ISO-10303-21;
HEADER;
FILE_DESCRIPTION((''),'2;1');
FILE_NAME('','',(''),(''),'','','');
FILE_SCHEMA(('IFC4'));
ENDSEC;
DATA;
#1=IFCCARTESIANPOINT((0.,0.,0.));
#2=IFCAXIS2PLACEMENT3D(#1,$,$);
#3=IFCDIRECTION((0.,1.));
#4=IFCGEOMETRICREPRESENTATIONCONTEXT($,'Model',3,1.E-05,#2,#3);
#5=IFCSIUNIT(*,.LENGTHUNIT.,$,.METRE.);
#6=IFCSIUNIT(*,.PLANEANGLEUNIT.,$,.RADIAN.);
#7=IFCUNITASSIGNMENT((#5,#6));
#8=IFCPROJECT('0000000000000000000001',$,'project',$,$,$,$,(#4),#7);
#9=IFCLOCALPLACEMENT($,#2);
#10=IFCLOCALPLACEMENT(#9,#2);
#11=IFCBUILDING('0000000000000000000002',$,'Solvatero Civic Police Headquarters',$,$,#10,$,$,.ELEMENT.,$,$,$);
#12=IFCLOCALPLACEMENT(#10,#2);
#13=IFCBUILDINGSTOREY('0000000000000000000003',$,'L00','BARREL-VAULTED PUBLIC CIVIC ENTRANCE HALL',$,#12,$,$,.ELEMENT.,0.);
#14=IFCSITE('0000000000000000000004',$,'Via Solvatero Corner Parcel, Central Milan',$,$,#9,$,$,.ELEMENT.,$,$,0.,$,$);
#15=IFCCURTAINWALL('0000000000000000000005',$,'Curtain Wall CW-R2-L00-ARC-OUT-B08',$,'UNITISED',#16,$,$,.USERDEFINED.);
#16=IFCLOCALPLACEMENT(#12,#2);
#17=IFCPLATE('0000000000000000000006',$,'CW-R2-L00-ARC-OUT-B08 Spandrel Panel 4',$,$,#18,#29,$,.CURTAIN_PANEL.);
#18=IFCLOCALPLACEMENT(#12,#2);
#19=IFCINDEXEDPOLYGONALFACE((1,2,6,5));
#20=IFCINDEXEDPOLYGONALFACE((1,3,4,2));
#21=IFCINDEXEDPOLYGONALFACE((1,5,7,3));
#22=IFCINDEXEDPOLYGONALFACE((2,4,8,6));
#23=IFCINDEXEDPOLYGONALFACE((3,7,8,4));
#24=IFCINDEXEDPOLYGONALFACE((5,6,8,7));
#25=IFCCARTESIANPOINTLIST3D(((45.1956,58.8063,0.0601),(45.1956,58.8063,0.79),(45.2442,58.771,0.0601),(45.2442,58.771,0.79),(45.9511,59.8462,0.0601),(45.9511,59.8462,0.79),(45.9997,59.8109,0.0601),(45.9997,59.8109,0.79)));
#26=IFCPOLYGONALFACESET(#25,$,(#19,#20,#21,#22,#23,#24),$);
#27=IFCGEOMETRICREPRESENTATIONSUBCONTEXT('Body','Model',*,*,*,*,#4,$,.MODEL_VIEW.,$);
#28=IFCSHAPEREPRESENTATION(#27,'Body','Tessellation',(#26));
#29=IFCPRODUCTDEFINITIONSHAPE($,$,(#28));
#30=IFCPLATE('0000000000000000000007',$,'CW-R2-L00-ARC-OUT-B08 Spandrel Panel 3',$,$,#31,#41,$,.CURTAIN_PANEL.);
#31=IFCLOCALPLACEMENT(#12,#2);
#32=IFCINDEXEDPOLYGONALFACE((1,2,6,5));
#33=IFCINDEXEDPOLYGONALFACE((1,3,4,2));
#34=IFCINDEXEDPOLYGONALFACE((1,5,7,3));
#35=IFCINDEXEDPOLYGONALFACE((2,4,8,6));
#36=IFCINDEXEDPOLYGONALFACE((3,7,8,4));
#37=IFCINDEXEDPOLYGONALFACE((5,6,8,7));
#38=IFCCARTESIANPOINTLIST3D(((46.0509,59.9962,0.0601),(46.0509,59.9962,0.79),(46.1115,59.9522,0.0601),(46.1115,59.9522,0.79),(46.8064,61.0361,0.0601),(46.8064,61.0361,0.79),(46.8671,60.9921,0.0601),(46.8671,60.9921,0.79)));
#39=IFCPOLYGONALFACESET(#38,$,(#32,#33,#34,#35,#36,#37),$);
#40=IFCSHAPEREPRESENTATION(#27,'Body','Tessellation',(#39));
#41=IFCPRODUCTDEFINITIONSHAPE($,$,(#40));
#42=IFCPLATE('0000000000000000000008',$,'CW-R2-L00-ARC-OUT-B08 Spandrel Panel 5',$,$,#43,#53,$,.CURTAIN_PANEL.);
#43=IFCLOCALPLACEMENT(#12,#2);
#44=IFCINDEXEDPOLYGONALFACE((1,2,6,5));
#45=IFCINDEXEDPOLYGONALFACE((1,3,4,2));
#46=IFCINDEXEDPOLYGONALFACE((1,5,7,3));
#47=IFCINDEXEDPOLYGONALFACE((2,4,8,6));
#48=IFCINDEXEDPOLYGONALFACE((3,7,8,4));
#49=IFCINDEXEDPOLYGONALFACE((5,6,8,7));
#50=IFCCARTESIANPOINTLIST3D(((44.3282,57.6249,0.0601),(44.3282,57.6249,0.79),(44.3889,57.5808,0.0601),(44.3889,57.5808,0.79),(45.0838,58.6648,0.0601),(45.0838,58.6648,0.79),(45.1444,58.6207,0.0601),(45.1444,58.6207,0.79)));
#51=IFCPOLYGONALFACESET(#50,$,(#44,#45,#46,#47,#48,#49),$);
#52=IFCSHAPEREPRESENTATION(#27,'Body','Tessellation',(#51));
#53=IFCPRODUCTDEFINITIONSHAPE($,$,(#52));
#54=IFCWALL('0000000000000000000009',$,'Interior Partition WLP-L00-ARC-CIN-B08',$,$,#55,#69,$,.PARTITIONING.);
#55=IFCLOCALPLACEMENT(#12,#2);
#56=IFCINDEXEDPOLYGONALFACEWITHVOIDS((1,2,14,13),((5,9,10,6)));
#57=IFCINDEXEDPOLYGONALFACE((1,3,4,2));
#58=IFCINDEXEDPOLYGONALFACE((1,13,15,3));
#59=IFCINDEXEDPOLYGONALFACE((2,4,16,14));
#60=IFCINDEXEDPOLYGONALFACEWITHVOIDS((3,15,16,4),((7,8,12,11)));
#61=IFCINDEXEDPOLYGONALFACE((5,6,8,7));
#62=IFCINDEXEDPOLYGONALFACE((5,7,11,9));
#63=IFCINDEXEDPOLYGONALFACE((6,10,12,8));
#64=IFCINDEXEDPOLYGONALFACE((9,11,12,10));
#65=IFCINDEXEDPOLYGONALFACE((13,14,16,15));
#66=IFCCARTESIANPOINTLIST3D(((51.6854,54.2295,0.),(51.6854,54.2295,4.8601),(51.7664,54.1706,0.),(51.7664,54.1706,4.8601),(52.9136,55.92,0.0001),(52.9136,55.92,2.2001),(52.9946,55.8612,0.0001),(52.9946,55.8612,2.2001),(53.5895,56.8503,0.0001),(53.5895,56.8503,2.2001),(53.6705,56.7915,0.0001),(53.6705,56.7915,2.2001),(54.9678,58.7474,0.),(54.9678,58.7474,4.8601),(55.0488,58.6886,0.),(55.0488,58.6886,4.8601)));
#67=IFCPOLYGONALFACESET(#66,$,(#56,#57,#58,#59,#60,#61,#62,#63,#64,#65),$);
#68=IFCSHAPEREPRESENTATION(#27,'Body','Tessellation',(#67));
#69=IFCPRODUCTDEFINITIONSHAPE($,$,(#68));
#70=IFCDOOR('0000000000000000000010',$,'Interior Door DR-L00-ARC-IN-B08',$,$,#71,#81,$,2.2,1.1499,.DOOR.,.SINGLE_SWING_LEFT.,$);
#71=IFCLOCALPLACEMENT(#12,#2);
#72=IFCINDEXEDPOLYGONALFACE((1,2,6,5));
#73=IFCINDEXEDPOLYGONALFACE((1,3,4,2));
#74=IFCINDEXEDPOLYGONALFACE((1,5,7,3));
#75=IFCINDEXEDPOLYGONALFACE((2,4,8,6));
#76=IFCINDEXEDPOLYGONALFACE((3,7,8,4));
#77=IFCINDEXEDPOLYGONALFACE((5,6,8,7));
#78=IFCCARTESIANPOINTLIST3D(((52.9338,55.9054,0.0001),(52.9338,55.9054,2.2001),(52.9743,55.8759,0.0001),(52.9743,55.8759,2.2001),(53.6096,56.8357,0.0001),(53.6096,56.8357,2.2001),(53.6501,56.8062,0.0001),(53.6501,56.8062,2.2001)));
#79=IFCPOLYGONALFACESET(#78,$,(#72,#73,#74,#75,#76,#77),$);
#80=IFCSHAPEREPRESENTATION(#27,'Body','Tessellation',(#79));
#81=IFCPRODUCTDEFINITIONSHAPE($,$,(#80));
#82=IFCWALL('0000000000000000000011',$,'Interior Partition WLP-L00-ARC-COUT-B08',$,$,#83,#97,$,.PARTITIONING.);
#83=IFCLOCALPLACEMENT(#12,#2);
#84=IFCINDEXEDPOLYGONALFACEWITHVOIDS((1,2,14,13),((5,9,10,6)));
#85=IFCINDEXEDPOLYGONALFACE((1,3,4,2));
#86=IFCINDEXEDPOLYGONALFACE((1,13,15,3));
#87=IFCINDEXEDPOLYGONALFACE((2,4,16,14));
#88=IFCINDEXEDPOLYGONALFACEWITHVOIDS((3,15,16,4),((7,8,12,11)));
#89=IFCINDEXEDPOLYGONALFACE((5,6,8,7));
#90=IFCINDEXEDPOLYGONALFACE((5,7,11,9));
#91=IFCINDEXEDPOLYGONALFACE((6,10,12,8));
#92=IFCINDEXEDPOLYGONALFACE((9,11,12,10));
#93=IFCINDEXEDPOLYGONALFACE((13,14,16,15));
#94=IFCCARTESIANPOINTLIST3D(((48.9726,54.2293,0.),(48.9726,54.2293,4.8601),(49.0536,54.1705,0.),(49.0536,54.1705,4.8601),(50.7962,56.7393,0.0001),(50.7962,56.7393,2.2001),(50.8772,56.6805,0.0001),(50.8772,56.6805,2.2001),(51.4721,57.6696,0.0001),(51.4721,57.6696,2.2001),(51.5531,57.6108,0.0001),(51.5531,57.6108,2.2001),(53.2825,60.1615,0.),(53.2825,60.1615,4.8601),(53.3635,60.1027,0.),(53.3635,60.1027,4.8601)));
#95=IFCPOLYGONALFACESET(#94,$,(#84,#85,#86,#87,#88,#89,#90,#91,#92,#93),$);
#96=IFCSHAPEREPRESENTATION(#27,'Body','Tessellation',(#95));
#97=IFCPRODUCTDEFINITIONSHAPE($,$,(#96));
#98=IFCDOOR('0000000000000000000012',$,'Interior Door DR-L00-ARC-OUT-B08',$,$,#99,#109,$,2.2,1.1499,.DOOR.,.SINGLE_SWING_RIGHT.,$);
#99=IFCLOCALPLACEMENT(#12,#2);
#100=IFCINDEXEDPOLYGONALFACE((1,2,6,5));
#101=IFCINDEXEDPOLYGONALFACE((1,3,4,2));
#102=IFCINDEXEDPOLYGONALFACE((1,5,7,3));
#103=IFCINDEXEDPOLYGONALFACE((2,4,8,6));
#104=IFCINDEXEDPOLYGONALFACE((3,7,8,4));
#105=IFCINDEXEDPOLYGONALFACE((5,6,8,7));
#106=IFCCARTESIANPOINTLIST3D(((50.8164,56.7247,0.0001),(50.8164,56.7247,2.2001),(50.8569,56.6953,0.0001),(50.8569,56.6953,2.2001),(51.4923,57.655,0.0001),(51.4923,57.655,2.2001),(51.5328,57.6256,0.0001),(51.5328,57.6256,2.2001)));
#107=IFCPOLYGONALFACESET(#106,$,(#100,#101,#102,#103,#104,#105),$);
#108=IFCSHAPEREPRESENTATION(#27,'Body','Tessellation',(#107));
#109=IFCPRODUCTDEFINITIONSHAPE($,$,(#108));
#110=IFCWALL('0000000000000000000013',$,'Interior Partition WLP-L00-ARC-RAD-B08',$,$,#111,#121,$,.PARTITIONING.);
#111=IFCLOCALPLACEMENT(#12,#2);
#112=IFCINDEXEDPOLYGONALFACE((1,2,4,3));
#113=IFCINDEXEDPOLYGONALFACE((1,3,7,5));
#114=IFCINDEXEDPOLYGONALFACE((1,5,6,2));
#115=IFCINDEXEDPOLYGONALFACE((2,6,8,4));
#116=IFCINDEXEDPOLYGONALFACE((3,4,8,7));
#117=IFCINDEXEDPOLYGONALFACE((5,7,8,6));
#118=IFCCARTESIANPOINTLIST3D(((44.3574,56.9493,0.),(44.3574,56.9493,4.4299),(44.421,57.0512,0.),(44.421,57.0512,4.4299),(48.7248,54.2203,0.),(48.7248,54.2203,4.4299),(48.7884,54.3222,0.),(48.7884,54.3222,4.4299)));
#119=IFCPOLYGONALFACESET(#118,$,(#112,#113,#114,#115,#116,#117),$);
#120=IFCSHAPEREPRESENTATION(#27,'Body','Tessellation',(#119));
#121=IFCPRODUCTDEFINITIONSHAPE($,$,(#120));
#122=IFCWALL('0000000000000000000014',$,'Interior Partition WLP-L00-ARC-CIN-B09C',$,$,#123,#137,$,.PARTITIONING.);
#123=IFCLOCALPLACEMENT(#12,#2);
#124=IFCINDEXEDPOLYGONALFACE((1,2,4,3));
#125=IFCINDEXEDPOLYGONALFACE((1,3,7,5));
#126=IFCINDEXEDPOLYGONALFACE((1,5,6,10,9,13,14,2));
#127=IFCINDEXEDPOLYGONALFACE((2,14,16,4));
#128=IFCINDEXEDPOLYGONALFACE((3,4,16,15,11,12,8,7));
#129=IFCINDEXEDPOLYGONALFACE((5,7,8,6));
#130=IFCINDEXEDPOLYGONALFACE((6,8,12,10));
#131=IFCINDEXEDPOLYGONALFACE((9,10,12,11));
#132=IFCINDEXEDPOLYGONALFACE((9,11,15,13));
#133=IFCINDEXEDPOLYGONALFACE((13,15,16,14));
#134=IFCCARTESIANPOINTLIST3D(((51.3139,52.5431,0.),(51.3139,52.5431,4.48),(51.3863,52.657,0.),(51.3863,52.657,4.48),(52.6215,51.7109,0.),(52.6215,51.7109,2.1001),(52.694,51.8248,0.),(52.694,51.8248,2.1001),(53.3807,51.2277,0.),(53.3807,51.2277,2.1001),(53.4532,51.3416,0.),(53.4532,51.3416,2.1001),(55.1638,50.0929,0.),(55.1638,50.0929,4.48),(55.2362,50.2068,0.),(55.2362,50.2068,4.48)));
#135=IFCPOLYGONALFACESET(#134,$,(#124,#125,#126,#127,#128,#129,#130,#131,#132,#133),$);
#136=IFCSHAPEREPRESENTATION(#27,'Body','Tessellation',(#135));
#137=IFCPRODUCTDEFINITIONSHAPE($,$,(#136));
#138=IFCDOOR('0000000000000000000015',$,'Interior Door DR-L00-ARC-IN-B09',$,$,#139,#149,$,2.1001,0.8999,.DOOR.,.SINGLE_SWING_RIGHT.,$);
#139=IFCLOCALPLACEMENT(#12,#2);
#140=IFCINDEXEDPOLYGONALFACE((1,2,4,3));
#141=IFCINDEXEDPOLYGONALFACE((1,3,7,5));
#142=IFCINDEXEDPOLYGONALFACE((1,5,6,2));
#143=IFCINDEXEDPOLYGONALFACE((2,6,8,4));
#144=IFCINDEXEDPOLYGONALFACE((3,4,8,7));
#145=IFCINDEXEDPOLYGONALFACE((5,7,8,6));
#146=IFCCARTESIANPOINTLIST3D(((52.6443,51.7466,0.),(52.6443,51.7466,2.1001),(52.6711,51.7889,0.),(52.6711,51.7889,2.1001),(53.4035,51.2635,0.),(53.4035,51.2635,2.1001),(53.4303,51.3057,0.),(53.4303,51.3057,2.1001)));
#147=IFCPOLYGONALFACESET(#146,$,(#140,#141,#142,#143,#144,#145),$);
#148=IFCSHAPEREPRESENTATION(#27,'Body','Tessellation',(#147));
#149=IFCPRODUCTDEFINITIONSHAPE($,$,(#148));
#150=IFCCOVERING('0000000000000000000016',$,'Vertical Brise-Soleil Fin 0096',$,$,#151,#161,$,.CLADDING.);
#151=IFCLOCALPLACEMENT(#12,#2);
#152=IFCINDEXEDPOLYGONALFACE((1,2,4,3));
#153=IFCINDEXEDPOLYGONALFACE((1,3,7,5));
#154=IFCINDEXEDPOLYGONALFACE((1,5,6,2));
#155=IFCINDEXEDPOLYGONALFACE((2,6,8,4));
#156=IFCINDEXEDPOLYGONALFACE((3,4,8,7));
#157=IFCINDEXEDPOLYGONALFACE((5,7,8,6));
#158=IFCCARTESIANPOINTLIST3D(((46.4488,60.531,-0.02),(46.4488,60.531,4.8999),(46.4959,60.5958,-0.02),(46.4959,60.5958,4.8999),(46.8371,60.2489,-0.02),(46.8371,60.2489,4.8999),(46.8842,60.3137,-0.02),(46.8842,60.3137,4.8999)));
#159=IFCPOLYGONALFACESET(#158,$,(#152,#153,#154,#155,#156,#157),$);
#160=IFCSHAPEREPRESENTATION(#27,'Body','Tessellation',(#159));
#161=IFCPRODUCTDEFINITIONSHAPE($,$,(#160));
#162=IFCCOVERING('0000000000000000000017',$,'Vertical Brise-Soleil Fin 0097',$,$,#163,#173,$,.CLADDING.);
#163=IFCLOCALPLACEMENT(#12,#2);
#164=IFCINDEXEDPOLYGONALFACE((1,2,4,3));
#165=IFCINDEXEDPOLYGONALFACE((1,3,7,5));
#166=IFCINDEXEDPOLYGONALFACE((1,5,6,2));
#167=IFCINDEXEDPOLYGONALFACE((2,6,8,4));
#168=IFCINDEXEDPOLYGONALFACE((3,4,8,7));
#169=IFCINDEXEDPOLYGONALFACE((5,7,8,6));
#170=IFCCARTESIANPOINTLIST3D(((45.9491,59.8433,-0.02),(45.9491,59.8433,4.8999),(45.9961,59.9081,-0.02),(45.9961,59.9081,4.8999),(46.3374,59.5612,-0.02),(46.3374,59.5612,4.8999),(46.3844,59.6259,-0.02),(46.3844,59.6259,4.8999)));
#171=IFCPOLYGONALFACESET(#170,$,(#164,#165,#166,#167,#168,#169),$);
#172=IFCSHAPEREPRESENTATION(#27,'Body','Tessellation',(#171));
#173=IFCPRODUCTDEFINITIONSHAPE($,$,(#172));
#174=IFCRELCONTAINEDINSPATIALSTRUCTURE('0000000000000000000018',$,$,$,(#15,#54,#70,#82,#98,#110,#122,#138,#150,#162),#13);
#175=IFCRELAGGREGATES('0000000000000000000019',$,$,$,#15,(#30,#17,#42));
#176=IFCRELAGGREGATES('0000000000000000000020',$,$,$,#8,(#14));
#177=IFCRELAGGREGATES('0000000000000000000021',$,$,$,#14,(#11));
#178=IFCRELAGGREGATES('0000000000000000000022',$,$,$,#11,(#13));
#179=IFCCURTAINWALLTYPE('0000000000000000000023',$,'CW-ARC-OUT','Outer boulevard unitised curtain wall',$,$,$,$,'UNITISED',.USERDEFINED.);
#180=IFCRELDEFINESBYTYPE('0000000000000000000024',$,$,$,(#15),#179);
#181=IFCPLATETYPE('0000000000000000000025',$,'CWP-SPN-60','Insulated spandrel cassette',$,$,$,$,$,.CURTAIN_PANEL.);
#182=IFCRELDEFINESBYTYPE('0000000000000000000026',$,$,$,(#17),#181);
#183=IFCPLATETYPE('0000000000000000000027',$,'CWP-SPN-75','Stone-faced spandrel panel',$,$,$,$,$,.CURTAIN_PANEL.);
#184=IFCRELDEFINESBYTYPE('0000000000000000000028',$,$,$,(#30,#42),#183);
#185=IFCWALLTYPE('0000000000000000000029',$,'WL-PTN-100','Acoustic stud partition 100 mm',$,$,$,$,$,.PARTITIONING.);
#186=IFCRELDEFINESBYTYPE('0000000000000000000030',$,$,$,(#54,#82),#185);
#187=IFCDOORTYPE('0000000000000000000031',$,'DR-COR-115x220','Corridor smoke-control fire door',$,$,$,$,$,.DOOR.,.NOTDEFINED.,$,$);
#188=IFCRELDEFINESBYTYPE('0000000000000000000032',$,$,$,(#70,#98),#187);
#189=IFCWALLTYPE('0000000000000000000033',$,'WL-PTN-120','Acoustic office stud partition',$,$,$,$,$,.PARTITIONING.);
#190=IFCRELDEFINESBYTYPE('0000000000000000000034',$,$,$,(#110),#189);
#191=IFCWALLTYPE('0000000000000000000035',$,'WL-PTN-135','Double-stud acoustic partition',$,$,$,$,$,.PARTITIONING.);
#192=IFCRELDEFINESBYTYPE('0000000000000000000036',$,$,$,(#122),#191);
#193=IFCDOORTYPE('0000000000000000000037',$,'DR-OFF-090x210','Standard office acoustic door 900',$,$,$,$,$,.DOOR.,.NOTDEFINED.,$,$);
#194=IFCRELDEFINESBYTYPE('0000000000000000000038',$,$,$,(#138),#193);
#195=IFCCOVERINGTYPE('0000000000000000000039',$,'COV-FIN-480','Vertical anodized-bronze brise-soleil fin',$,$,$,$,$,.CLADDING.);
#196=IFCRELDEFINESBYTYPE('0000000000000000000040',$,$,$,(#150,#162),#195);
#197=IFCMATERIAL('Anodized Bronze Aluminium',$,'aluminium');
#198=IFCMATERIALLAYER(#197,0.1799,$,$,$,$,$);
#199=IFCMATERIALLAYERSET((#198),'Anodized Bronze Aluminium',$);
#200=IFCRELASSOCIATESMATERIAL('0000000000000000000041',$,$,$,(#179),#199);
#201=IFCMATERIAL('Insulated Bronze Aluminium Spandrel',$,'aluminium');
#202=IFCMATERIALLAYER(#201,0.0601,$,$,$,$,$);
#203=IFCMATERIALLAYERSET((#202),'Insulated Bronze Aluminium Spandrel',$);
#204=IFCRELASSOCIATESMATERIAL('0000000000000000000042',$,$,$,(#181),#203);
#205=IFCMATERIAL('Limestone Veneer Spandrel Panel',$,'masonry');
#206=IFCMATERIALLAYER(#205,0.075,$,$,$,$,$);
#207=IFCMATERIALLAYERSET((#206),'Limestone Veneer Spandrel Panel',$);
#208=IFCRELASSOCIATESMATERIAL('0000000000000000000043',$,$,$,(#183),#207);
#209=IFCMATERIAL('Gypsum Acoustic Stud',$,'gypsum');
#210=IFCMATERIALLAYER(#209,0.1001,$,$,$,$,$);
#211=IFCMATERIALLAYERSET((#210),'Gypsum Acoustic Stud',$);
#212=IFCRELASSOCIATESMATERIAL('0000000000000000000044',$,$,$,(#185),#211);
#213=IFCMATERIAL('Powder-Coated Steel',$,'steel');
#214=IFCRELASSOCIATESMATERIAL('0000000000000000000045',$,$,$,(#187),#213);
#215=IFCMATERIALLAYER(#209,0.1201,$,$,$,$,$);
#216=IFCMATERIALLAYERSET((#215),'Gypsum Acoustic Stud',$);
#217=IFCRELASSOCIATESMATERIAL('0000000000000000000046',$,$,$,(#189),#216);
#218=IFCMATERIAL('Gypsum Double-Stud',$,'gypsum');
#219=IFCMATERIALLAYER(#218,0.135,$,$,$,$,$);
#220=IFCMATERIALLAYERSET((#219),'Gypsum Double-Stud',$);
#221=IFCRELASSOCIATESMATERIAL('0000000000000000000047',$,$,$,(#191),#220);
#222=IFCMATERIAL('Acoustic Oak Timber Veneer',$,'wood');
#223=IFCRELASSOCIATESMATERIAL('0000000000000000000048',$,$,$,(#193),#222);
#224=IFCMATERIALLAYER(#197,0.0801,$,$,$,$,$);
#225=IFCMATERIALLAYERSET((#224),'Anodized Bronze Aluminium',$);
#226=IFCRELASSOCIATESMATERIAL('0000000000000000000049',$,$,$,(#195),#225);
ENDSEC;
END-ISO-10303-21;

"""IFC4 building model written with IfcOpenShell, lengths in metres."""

from ifc_helpers import new_model, si_unit, direction, frame, frame_2d, origin, origin_2d, place, context, subcontext, project, spatial, rectangle, extrude, material, layer, layer_set, type_object, element, fill, aggregate, save


model = new_model("IFC4")

# Units and contexts
model_context = context("Model", 3, precision=1e-05, world=origin(), true_north=direction((0.0, 1.0)))
body_context = subcontext(model_context, "Body", "Model", "MODEL_VIEW")
ifc_project = project(units=[si_unit("LENGTHUNIT", "METRE"), si_unit("PLANEANGLEUNIT", "RADIAN")], contexts=[model_context])

# Site, building, storey
site_placement = place(None, origin())
site = spatial("IfcSite", under=ifc_project, at=site_placement, Name="Via Solvatero Corner Parcel, Central Milan", CompositionType="ELEMENT", RefElevation=0.0)
building_placement = place(site_placement, origin())
building = spatial("IfcBuilding", under=site, at=building_placement, Name="Solvatero Civic Police Headquarters", CompositionType="ELEMENT")
storey_placement = place(building_placement, origin())
storey = spatial("IfcBuildingStorey", under=building, at=storey_placement, Name="L00", Description="BARREL-VAULTED PUBLIC CIVIC ENTRANCE HALL", CompositionType="ELEMENT", Elevation=0.0)

# Curtain wall, plates
ifc_material_1 = material(Name="Anodized Bronze Aluminium", Category="aluminium")
ifc_layer_1 = layer(ifc_material_1, 0.1799)
ifc_layer_set_1 = layer_set([ifc_layer_1], Name="Anodized Bronze Aluminium")
curtain_wall_type = type_object("IfcCurtainWallType", Name="CW-ARC-OUT", Description="Outer boulevard unitised curtain wall", ElementType="UNITISED", PredefinedType="USERDEFINED", material=ifc_layer_set_1)
curtain_wall_placement = place(storey_placement, origin())
curtain_wall = element("IfcCurtainWall", 1, at=curtain_wall_placement, inside=storey, type_object=curtain_wall_type, Name="Curtain Wall CW-R2-L00-ARC-OUT-B08", ObjectType="UNITISED", PredefinedType="USERDEFINED")
ifc_material_2 = material(Name="Insulated Bronze Aluminium Spandrel", Category="aluminium")
ifc_layer_2 = layer(ifc_material_2, 0.0601)
ifc_layer_set_2 = layer_set([ifc_layer_2], Name="Insulated Bronze Aluminium Spandrel")
plate_type_1 = type_object("IfcPlateType", Name="CWP-SPN-60", Description="Insulated spandrel cassette", PredefinedType="CURTAIN_PANEL", material=ifc_layer_set_2)
plate_1_placement = place(storey_placement, frame((45.5977, 59.3086, 0.0601), z_axis=(0.0, 0.0, 1.0), x_axis=(-0.587785, -0.809017, 0.0)))
plate_1 = element("IfcPlate", 2, at=plate_1_placement, type_object=plate_type_1, Name="CW-R2-L00-ARC-OUT-B08 Spandrel Panel 4", PredefinedType="CURTAIN_PANEL", context=body_context, shape_type="SweptSolid", body=[
    extrude(rectangle(XDim=1.2854, YDim=0.0601, at=origin_2d()), origin(), (0.0, 0.0, 1.0), 0.73),
])
ifc_material_3 = material(Name="Limestone Veneer Spandrel Panel", Category="masonry")
ifc_layer_3 = layer(ifc_material_3, 0.075)
ifc_layer_set_3 = layer_set([ifc_layer_3], Name="Limestone Veneer Spandrel Panel")
plate_type_2 = type_object("IfcPlateType", Name="CWP-SPN-75", Description="Stone-faced spandrel panel", PredefinedType="CURTAIN_PANEL", material=ifc_layer_set_3)
plate_2_placement = place(storey_placement, frame((46.459, 60.4941, 0.0601), z_axis=(0.0, 0.0, 1.0), x_axis=(-0.587785, -0.809017, 0.0)))
plate_2 = element("IfcPlate", 3, at=plate_2_placement, type_object=plate_type_2, Name="CW-R2-L00-ARC-OUT-B08 Spandrel Panel 3", PredefinedType="CURTAIN_PANEL", context=body_context, shape_type="SweptSolid", body=[
    extrude(rectangle(XDim=1.2854, YDim=0.075, at=origin_2d()), origin(), (0.0, 0.0, 1.0), 0.73),
])
plate_3_placement = place(storey_placement, frame((44.7363, 58.1228, 0.0601), z_axis=(0.0, 0.0, 1.0), x_axis=(-0.587785, -0.809017, 0.0)))
plate_3 = element("IfcPlate", 4, at=plate_3_placement, type_object=plate_type_2, Name="CW-R2-L00-ARC-OUT-B08 Spandrel Panel 5", PredefinedType="CURTAIN_PANEL", context=body_context, shape_type="SweptSolid", body=[
    extrude(rectangle(XDim=1.2854, YDim=0.075, at=origin_2d()), origin(), (0.0, 0.0, 1.0), 0.73),
])
aggregate(curtain_wall, [plate_2, plate_1, plate_3])

# Walls, openings, doors
ifc_material_4 = material(Name="Gypsum Acoustic Stud", Category="gypsum")
ifc_layer_4 = layer(ifc_material_4, 0.1001)
ifc_layer_set_4 = layer_set([ifc_layer_4], Name="Gypsum Acoustic Stud")
wall_type_1 = type_object("IfcWallType", Name="WL-PTN-100", Description="Acoustic stud partition 100 mm", PredefinedType="PARTITIONING", material=ifc_layer_set_4)
wall_1_placement = place(storey_placement, frame((55.0083, 58.718, 0.0), z_axis=(0.0, 0.0, 1.0), x_axis=(-0.587774, -0.809025, 0.0)))
wall_1 = element("IfcWall", 5, at=wall_1_placement, inside=storey, type_object=wall_type_1, Name="Interior Partition WLP-L00-ARC-CIN-B08", PredefinedType="PARTITIONING", context=body_context, shape_type="SweptSolid", body=[
    extrude(rectangle(XDim=5.5845, YDim=0.1001, at=frame_2d((2.7922, 0.0))), origin(), (0.0, 0.0, 1.0), 4.8601),
])
opening_1_placement = place(wall_1_placement, frame((2.345, 0.0, 0.0)))
opening_1 = element("IfcOpeningElement", 6, at=opening_1_placement, cuts=wall_1, PredefinedType="OPENING", context=body_context, shape_type="SweptSolid", body=[
    extrude(rectangle(XDim=1.1499, YDim=2.2, at=frame_2d((0.575, 1.1001))), frame((0.0, 0.0601, 0.0), z_axis=(0.0, -1.0, 0.0), x_axis=(1.0, 0.0, 0.0)), (0.0, 0.0, 1.0), 0.1201),
])
ifc_material_5 = material(Name="Powder-Coated Steel", Category="steel")
door_type_1 = type_object("IfcDoorType", Name="DR-COR-115x220", Description="Corridor smoke-control fire door", OperationType="NOTDEFINED", PredefinedType="DOOR", material=ifc_material_5)
door_1_placement = place(opening_1_placement, origin())
door_1 = element("IfcDoor", 7, at=door_1_placement, inside=storey, type_object=door_type_1, Name="Interior Door DR-L00-ARC-IN-B08", OperationType="SINGLE_SWING_LEFT", OverallHeight=2.2, OverallWidth=1.1499, PredefinedType="DOOR", context=body_context, shape_type="SweptSolid", body=[
    extrude(rectangle(XDim=1.1499, YDim=2.2, at=frame_2d((0.575, 1.1001))), frame((0.0, 0.0249, 0.0), z_axis=(0.0, -1.0, 0.0), x_axis=(1.0, 0.0, 0.0)), (0.0, 0.0, 1.0), 0.05),
])
fill(opening_1, door_1)
wall_2_placement = place(storey_placement, frame((53.323, 60.1321, 0.0), z_axis=(0.0, 0.0, 1.0), x_axis=(-0.587774, -0.809025, 0.0)))
wall_2 = element("IfcWall", 8, at=wall_2_placement, inside=storey, type_object=wall_type_1, Name="Interior Partition WLP-L00-ARC-COUT-B08", PredefinedType="PARTITIONING", context=body_context, shape_type="SweptSolid", body=[
    extrude(rectangle(XDim=7.3325, YDim=0.1001, at=frame_2d((3.6663, 0.0))), origin(), (0.0, 0.0, 1.0), 4.8601),
])
opening_2_placement = place(wall_2_placement, frame((3.0801, 0.0, 0.0)))
opening_2 = element("IfcOpeningElement", 9, at=opening_2_placement, cuts=wall_2, PredefinedType="OPENING", context=body_context, shape_type="SweptSolid", body=[
    extrude(rectangle(XDim=1.1499, YDim=2.2, at=frame_2d((0.575, 1.1001))), frame((0.0, 0.0601, 0.0), z_axis=(0.0, -1.0, 0.0), x_axis=(1.0, 0.0, 0.0)), (0.0, 0.0, 1.0), 0.1201),
])
door_2_placement = place(opening_2_placement, origin())
door_2 = element("IfcDoor", 10, at=door_2_placement, inside=storey, type_object=door_type_1, Name="Interior Door DR-L00-ARC-OUT-B08", OperationType="SINGLE_SWING_RIGHT", OverallHeight=2.2, OverallWidth=1.1499, PredefinedType="DOOR", context=body_context, shape_type="SweptSolid", body=[
    extrude(rectangle(XDim=1.1499, YDim=2.2, at=frame_2d((0.575, 1.1001))), frame((0.0, 0.0249, 0.0), z_axis=(0.0, -1.0, 0.0), x_axis=(1.0, 0.0, 0.0)), (0.0, 0.0, 1.0), 0.05),
])
fill(opening_2, door_2)

# Wall
ifc_layer_5 = layer(ifc_material_4, 0.1201)
ifc_layer_set_5 = layer_set([ifc_layer_5], Name="Gypsum Acoustic Stud")
wall_type_2 = type_object("IfcWallType", Name="WL-PTN-120", Description="Acoustic office stud partition", PredefinedType="PARTITIONING", material=ifc_layer_set_5)
wall_3_placement = place(storey_placement, frame((48.7566, 54.2712, 0.0), z_axis=(0.0, 0.0, 1.0), x_axis=(-0.848054, 0.529909, 0.0)))
element("IfcWall", 11, at=wall_3_placement, inside=storey, type_object=wall_type_2, Name="Interior Partition WLP-L00-ARC-RAD-B08", PredefinedType="PARTITIONING", context=body_context, shape_type="SweptSolid", body=[
    extrude(rectangle(XDim=5.1499, YDim=0.1201, at=frame_2d((2.575, 0.0))), origin(), (0.0, 0.0, 1.0), 4.4299),
])

# Wall, opening, door
ifc_material_6 = material(Name="Gypsum Double-Stud", Category="gypsum")
ifc_layer_6 = layer(ifc_material_6, 0.135)
ifc_layer_set_6 = layer_set([ifc_layer_6], Name="Gypsum Double-Stud")
wall_type_3 = type_object("IfcWallType", Name="WL-PTN-135", Description="Double-stud acoustic partition", PredefinedType="PARTITIONING", material=ifc_layer_set_6)
wall_4_placement = place(storey_placement, frame((51.3501, 52.6001, 0.0), z_axis=(0.0, 0.0, 1.0), x_axis=(0.843633, -0.53692, 0.0)))
wall_4 = element("IfcWall", 12, at=wall_4_placement, inside=storey, type_object=wall_type_3, Name="Interior Partition WLP-L00-ARC-CIN-B09C", PredefinedType="PARTITIONING", context=body_context, shape_type="SweptSolid", body=[
    extrude(rectangle(XDim=4.5635, YDim=0.135, at=frame_2d((2.2817, 0.0))), origin(), (0.0, 0.0, 1.0), 4.48),
])
opening_3_placement = place(wall_4_placement, frame((1.55, 0.0, 0.0)))
opening_3 = element("IfcOpeningElement", 13, at=opening_3_placement, cuts=wall_4, PredefinedType="OPENING", context=body_context, shape_type="SweptSolid", body=[
    extrude(rectangle(XDim=0.8999, YDim=2.1001, at=frame_2d((0.45, 1.05))), frame((0.0, 0.0774, 0.0), z_axis=(0.0, -1.0, 0.0), x_axis=(1.0, 0.0, 0.0)), (0.0, 0.0, 1.0), 0.155),
])
ifc_material_7 = material(Name="Acoustic Oak Timber Veneer", Category="wood")
door_type_2 = type_object("IfcDoorType", Name="DR-OFF-090x210", Description="Standard office acoustic door 900", OperationType="NOTDEFINED", PredefinedType="DOOR", material=ifc_material_7)
door_3_placement = place(opening_3_placement, origin())
door_3 = element("IfcDoor", 14, at=door_3_placement, inside=storey, type_object=door_type_2, Name="Interior Door DR-L00-ARC-IN-B09", OperationType="SINGLE_SWING_RIGHT", OverallHeight=2.1001, OverallWidth=0.8999, PredefinedType="DOOR", context=body_context, shape_type="SweptSolid", body=[
    extrude(rectangle(XDim=0.8999, YDim=2.1001, at=frame_2d((0.45, 1.05))), frame((0.0, 0.0249, 0.0), z_axis=(0.0, -1.0, 0.0), x_axis=(1.0, 0.0, 0.0)), (0.0, 0.0, 1.0), 0.05),
])
fill(opening_3, door_3)

# Coverings
ifc_layer_7 = layer(ifc_material_1, 0.0801)
ifc_layer_set_7 = layer_set([ifc_layer_7], Name="Anodized Bronze Aluminium")
covering_type = type_object("IfcCoveringType", Name="COV-FIN-480", Description="Vertical anodized-bronze brise-soleil fin", PredefinedType="CLADDING", material=ifc_layer_set_7)
for number, where, z_axis, x_axis, name in (
    (15, (46.6665, 60.4224, -0.02), (0.0, 0.0, 1.0), (-0.587785, -0.809017, 0.0), "Vertical Brise-Soleil Fin 0096"),
    (16, (46.1667, 59.7346, -0.02), (0.0, 0.0, 1.0), (-0.587785, -0.809017, 0.0), "Vertical Brise-Soleil Fin 0097"),
):
    element("IfcCovering", number, at=place(storey_placement, frame(where, z_axis=z_axis, x_axis=x_axis)), inside=storey, type_object=covering_type, Name=name, PredefinedType="CLADDING", context=body_context, shape_type="SweptSolid", body=[
        extrude(rectangle(XDim=0.0801, YDim=0.48, at=origin_2d()), origin(), (0.0, 0.0, 1.0), 4.9199),
    ])

save(model, "model.ifc")
